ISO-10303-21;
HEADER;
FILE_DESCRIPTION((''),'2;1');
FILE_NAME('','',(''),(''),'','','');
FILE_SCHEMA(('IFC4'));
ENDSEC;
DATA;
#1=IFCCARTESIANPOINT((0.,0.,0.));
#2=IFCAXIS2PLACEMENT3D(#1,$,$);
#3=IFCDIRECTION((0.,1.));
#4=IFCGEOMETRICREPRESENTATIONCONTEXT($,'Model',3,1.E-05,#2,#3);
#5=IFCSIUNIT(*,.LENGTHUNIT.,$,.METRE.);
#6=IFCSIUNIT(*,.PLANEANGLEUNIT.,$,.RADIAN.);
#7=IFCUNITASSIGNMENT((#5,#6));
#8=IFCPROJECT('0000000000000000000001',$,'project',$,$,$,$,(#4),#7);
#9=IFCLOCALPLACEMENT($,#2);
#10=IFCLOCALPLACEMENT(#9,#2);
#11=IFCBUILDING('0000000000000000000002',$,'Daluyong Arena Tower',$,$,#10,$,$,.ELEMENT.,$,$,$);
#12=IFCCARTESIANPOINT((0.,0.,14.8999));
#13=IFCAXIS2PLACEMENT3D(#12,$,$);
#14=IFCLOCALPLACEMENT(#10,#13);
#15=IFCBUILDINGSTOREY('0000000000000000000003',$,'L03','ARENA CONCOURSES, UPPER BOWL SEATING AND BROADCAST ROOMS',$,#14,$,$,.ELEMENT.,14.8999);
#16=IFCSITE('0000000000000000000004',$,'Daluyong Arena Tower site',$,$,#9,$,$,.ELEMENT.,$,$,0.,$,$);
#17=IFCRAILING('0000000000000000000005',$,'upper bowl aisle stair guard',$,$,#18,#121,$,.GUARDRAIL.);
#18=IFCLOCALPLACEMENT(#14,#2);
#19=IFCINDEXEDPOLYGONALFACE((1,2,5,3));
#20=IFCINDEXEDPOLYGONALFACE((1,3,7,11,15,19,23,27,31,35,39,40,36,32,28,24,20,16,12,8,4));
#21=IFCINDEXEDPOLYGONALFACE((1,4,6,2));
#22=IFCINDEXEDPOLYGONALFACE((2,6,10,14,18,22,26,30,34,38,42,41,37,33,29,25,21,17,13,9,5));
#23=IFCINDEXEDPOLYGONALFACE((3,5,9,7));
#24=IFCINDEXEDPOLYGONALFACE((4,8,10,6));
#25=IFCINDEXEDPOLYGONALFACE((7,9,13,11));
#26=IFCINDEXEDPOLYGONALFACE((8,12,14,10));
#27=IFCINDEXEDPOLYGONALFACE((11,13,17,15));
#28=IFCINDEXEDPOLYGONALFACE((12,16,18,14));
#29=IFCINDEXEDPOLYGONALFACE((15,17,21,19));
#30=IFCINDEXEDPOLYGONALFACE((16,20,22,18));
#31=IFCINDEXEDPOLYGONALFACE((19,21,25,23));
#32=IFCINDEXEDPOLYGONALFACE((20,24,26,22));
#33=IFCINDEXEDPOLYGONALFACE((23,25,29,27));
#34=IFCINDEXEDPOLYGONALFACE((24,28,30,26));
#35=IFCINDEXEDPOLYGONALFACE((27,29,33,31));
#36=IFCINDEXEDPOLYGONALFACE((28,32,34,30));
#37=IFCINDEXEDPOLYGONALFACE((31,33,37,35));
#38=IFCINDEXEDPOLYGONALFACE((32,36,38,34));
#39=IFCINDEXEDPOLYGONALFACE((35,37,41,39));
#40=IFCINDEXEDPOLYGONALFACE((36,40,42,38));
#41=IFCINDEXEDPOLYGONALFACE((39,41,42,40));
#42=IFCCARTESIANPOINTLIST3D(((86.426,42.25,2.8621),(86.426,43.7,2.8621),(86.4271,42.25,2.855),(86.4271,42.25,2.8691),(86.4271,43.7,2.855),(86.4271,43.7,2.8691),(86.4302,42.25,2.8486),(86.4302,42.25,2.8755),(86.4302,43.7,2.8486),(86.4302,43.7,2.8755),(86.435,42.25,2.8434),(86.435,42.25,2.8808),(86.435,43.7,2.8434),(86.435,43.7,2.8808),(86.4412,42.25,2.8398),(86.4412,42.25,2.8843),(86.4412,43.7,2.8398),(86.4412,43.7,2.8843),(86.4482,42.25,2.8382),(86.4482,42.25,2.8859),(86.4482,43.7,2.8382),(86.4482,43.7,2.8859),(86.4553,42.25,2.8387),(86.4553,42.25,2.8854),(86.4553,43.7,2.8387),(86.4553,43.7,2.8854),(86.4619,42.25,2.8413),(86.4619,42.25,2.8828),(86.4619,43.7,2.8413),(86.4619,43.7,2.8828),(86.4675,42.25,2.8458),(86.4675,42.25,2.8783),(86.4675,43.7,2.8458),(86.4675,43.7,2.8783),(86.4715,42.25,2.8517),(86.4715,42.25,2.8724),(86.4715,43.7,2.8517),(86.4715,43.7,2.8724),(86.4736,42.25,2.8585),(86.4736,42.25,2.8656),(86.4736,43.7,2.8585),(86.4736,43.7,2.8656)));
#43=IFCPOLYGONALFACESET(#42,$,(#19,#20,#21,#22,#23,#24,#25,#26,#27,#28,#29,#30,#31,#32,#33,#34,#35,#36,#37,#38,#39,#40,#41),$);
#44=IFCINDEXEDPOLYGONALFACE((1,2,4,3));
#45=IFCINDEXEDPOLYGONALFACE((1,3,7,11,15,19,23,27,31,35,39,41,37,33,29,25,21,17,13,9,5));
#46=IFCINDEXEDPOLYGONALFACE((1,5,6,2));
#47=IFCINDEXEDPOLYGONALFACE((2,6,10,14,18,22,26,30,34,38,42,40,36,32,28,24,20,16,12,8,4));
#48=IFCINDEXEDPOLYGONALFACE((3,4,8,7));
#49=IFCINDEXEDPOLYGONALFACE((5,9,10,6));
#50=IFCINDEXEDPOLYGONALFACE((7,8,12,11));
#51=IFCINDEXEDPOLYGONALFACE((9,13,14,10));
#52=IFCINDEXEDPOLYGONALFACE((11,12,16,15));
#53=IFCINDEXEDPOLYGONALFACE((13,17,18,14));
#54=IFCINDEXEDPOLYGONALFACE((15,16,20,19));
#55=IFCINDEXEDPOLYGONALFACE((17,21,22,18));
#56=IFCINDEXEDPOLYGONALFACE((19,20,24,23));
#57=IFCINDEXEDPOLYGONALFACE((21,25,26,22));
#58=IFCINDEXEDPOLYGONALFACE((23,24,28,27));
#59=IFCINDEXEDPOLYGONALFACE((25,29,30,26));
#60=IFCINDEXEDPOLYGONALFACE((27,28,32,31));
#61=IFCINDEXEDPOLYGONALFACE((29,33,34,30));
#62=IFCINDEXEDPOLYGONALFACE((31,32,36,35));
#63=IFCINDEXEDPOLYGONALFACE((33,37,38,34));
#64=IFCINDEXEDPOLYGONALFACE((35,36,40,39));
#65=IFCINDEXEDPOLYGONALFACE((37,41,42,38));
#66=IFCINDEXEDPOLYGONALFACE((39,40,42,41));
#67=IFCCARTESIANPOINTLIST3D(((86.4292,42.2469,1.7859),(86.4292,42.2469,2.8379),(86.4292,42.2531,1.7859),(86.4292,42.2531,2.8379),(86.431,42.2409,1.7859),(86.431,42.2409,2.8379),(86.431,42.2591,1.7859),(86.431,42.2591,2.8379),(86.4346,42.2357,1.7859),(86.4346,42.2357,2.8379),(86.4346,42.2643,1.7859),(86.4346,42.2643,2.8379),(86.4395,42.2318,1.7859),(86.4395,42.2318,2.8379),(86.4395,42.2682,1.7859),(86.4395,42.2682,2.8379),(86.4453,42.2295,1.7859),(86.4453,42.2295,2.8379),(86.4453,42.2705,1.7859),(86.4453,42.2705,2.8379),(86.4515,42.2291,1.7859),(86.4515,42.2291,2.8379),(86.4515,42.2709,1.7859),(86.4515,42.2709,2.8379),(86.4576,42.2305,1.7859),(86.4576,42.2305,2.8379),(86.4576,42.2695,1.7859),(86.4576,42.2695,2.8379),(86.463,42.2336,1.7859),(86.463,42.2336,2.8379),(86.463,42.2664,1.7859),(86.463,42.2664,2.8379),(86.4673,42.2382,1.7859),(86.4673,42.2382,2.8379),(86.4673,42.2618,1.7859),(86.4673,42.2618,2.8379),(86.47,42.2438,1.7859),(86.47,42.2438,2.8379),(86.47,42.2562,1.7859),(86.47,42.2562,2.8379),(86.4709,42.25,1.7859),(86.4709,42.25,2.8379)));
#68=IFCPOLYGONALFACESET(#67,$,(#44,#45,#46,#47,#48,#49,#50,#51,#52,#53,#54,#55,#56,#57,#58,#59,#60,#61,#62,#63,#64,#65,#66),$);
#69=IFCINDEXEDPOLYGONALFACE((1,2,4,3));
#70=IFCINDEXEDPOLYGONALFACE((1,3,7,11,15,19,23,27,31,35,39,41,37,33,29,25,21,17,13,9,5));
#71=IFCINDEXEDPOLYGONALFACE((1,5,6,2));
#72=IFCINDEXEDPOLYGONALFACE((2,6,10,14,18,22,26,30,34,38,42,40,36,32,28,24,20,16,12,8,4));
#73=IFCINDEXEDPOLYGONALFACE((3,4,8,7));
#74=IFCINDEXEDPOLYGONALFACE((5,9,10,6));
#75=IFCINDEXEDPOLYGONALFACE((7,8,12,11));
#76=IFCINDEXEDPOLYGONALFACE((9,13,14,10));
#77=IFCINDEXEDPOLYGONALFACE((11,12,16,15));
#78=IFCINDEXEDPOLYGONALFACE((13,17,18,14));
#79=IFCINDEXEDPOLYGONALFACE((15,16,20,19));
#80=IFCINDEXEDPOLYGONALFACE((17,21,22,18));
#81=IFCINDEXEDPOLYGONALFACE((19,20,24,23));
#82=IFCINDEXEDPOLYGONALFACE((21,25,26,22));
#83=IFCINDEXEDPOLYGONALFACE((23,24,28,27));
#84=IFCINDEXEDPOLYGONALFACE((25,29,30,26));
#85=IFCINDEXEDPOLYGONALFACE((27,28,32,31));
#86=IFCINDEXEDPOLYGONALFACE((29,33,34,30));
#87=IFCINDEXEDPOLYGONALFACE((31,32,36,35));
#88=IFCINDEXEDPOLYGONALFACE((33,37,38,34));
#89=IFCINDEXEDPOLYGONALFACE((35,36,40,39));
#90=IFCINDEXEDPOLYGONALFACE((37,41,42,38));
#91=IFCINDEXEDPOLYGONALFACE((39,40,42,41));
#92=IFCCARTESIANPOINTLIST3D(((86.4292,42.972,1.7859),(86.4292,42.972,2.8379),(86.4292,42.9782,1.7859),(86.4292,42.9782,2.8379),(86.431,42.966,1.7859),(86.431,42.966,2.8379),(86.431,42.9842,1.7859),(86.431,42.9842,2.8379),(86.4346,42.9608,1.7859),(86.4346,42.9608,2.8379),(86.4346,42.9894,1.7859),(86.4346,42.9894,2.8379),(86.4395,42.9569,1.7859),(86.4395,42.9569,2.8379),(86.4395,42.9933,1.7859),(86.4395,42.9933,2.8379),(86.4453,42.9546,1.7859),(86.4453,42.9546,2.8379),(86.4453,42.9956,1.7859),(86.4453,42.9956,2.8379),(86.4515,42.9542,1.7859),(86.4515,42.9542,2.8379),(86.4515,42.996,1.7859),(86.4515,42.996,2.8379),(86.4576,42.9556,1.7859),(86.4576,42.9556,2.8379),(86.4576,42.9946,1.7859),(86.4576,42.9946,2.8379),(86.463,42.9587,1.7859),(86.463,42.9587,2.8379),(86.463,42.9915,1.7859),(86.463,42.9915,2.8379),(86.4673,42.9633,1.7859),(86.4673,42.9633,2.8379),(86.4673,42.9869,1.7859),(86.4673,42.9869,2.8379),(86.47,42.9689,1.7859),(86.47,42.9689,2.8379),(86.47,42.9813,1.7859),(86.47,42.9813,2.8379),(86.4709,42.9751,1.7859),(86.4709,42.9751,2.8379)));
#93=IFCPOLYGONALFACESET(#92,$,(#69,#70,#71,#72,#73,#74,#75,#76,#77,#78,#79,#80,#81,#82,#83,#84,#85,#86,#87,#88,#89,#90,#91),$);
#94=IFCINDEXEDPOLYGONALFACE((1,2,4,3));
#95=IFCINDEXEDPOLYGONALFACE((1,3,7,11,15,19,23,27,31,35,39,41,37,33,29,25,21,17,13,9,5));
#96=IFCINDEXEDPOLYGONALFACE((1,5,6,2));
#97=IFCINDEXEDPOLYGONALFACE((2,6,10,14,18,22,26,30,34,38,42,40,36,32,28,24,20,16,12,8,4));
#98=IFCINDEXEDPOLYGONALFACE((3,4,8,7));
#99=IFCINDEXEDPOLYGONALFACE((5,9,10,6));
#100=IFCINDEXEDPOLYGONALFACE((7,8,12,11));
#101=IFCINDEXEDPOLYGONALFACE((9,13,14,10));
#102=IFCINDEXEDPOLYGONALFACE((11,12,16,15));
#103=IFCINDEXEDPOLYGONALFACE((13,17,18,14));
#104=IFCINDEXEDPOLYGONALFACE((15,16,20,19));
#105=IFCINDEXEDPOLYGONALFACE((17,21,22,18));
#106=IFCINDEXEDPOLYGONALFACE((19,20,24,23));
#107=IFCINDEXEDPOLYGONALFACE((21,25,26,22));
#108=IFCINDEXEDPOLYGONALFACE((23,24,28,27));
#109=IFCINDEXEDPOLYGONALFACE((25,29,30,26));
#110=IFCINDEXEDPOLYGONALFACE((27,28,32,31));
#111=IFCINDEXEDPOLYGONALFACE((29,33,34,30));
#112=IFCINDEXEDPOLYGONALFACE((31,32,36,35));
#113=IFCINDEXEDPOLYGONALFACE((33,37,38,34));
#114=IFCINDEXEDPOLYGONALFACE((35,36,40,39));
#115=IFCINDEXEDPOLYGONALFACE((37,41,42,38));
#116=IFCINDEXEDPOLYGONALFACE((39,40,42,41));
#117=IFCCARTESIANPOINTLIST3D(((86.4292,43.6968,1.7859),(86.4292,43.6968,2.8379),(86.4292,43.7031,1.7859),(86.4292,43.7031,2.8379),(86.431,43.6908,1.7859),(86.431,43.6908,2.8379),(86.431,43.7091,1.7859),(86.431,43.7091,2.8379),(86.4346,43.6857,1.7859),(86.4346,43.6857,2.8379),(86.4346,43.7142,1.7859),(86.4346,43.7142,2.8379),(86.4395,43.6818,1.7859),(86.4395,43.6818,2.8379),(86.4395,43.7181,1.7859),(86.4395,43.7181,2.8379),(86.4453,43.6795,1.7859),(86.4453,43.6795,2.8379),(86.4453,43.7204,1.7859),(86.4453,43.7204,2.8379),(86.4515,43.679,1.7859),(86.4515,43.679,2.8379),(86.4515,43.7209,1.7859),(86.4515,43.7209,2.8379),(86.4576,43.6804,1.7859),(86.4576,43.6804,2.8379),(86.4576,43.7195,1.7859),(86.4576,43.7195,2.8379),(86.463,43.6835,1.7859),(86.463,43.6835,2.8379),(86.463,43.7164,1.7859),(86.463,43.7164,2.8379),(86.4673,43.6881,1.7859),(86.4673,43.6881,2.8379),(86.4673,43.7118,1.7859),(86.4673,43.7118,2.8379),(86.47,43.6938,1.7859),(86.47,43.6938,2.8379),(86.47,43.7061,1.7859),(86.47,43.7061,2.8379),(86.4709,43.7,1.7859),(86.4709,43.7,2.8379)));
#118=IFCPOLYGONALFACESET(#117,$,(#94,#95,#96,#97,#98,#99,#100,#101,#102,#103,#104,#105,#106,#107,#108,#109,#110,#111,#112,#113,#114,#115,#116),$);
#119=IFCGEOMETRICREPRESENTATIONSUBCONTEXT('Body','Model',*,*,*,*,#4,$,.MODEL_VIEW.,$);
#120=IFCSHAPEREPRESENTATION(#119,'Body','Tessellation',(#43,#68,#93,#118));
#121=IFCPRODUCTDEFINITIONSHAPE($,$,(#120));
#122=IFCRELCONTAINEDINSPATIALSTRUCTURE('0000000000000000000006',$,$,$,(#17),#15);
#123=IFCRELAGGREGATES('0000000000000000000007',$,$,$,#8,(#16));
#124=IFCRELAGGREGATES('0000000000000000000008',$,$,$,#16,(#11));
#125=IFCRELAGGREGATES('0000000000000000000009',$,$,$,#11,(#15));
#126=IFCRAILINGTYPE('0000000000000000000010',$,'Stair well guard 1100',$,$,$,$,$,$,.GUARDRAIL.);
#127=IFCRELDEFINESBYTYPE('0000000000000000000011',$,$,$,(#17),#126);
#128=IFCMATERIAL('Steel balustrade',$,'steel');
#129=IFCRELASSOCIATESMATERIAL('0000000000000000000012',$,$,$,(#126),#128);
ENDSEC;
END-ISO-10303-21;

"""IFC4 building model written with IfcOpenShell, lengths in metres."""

from ifc_helpers import new_model, si_unit, direction, frame, origin, origin_2d, place, context, subcontext, project, spatial, circle, extrude, material, type_object, element, save


model = new_model("IFC4")

# Units and contexts
model_context = context("Model", 3, precision=1e-05, world=origin(), true_north=direction((0.0, 1.0)))
body_context = subcontext(model_context, "Body", "Model", "MODEL_VIEW")
ifc_project = project(units=[si_unit("LENGTHUNIT", "METRE"), si_unit("PLANEANGLEUNIT", "RADIAN")], contexts=[model_context])

# Site, building, storey
site_placement = place(None, origin())
site = spatial("IfcSite", under=ifc_project, at=site_placement, Name="Daluyong Arena Tower site", CompositionType="ELEMENT", RefElevation=0.0)
building_placement = place(site_placement, origin())
building = spatial("IfcBuilding", under=site, at=building_placement, Name="Daluyong Arena Tower", CompositionType="ELEMENT")
storey_placement = place(building_placement, frame((0.0, 0.0, 14.8999)))
storey = spatial("IfcBuildingStorey", under=building, at=storey_placement, Name="L03", Description="ARENA CONCOURSES, UPPER BOWL SEATING AND BROADCAST ROOMS", CompositionType="ELEMENT", Elevation=14.8999)

# Railing
ifc_material_1 = material(Name="Steel balustrade", Category="steel")
railing_type_1 = type_object("IfcRailingType", Name="Stair well guard 1100", PredefinedType="GUARDRAIL", material=ifc_material_1)
railing_1_placement = place(storey_placement, frame((86.45, 42.25, 1.7859)))
element("IfcRailing", 1, at=railing_1_placement, inside=storey, type_object=railing_type_1, Name="upper bowl aisle stair guard", PredefinedType="GUARDRAIL", context=body_context, shape_type="SweptSolid", body=[
    extrude(circle(Radius=0.0239, at=origin_2d()), frame((0.0, 0.0, 1.0762), z_axis=(0.0, 1.0, 0.0), x_axis=(-1.0, 0.0, 0.0)), (0.0, 0.0, 1.0), 1.45),
    extrude(circle(Radius=0.021, at=origin_2d()), origin(), (0.0, 0.0, 1.0), 1.052),
    extrude(circle(Radius=0.021, at=origin_2d()), frame((0.0, 0.7251, 0.0)), (0.0, 0.0, 1.0), 1.052),
    extrude(circle(Radius=0.021, at=origin_2d()), frame((0.0, 1.45, 0.0)), (0.0, 0.0, 1.0), 1.052),
])

save(model, "model.ifc")
